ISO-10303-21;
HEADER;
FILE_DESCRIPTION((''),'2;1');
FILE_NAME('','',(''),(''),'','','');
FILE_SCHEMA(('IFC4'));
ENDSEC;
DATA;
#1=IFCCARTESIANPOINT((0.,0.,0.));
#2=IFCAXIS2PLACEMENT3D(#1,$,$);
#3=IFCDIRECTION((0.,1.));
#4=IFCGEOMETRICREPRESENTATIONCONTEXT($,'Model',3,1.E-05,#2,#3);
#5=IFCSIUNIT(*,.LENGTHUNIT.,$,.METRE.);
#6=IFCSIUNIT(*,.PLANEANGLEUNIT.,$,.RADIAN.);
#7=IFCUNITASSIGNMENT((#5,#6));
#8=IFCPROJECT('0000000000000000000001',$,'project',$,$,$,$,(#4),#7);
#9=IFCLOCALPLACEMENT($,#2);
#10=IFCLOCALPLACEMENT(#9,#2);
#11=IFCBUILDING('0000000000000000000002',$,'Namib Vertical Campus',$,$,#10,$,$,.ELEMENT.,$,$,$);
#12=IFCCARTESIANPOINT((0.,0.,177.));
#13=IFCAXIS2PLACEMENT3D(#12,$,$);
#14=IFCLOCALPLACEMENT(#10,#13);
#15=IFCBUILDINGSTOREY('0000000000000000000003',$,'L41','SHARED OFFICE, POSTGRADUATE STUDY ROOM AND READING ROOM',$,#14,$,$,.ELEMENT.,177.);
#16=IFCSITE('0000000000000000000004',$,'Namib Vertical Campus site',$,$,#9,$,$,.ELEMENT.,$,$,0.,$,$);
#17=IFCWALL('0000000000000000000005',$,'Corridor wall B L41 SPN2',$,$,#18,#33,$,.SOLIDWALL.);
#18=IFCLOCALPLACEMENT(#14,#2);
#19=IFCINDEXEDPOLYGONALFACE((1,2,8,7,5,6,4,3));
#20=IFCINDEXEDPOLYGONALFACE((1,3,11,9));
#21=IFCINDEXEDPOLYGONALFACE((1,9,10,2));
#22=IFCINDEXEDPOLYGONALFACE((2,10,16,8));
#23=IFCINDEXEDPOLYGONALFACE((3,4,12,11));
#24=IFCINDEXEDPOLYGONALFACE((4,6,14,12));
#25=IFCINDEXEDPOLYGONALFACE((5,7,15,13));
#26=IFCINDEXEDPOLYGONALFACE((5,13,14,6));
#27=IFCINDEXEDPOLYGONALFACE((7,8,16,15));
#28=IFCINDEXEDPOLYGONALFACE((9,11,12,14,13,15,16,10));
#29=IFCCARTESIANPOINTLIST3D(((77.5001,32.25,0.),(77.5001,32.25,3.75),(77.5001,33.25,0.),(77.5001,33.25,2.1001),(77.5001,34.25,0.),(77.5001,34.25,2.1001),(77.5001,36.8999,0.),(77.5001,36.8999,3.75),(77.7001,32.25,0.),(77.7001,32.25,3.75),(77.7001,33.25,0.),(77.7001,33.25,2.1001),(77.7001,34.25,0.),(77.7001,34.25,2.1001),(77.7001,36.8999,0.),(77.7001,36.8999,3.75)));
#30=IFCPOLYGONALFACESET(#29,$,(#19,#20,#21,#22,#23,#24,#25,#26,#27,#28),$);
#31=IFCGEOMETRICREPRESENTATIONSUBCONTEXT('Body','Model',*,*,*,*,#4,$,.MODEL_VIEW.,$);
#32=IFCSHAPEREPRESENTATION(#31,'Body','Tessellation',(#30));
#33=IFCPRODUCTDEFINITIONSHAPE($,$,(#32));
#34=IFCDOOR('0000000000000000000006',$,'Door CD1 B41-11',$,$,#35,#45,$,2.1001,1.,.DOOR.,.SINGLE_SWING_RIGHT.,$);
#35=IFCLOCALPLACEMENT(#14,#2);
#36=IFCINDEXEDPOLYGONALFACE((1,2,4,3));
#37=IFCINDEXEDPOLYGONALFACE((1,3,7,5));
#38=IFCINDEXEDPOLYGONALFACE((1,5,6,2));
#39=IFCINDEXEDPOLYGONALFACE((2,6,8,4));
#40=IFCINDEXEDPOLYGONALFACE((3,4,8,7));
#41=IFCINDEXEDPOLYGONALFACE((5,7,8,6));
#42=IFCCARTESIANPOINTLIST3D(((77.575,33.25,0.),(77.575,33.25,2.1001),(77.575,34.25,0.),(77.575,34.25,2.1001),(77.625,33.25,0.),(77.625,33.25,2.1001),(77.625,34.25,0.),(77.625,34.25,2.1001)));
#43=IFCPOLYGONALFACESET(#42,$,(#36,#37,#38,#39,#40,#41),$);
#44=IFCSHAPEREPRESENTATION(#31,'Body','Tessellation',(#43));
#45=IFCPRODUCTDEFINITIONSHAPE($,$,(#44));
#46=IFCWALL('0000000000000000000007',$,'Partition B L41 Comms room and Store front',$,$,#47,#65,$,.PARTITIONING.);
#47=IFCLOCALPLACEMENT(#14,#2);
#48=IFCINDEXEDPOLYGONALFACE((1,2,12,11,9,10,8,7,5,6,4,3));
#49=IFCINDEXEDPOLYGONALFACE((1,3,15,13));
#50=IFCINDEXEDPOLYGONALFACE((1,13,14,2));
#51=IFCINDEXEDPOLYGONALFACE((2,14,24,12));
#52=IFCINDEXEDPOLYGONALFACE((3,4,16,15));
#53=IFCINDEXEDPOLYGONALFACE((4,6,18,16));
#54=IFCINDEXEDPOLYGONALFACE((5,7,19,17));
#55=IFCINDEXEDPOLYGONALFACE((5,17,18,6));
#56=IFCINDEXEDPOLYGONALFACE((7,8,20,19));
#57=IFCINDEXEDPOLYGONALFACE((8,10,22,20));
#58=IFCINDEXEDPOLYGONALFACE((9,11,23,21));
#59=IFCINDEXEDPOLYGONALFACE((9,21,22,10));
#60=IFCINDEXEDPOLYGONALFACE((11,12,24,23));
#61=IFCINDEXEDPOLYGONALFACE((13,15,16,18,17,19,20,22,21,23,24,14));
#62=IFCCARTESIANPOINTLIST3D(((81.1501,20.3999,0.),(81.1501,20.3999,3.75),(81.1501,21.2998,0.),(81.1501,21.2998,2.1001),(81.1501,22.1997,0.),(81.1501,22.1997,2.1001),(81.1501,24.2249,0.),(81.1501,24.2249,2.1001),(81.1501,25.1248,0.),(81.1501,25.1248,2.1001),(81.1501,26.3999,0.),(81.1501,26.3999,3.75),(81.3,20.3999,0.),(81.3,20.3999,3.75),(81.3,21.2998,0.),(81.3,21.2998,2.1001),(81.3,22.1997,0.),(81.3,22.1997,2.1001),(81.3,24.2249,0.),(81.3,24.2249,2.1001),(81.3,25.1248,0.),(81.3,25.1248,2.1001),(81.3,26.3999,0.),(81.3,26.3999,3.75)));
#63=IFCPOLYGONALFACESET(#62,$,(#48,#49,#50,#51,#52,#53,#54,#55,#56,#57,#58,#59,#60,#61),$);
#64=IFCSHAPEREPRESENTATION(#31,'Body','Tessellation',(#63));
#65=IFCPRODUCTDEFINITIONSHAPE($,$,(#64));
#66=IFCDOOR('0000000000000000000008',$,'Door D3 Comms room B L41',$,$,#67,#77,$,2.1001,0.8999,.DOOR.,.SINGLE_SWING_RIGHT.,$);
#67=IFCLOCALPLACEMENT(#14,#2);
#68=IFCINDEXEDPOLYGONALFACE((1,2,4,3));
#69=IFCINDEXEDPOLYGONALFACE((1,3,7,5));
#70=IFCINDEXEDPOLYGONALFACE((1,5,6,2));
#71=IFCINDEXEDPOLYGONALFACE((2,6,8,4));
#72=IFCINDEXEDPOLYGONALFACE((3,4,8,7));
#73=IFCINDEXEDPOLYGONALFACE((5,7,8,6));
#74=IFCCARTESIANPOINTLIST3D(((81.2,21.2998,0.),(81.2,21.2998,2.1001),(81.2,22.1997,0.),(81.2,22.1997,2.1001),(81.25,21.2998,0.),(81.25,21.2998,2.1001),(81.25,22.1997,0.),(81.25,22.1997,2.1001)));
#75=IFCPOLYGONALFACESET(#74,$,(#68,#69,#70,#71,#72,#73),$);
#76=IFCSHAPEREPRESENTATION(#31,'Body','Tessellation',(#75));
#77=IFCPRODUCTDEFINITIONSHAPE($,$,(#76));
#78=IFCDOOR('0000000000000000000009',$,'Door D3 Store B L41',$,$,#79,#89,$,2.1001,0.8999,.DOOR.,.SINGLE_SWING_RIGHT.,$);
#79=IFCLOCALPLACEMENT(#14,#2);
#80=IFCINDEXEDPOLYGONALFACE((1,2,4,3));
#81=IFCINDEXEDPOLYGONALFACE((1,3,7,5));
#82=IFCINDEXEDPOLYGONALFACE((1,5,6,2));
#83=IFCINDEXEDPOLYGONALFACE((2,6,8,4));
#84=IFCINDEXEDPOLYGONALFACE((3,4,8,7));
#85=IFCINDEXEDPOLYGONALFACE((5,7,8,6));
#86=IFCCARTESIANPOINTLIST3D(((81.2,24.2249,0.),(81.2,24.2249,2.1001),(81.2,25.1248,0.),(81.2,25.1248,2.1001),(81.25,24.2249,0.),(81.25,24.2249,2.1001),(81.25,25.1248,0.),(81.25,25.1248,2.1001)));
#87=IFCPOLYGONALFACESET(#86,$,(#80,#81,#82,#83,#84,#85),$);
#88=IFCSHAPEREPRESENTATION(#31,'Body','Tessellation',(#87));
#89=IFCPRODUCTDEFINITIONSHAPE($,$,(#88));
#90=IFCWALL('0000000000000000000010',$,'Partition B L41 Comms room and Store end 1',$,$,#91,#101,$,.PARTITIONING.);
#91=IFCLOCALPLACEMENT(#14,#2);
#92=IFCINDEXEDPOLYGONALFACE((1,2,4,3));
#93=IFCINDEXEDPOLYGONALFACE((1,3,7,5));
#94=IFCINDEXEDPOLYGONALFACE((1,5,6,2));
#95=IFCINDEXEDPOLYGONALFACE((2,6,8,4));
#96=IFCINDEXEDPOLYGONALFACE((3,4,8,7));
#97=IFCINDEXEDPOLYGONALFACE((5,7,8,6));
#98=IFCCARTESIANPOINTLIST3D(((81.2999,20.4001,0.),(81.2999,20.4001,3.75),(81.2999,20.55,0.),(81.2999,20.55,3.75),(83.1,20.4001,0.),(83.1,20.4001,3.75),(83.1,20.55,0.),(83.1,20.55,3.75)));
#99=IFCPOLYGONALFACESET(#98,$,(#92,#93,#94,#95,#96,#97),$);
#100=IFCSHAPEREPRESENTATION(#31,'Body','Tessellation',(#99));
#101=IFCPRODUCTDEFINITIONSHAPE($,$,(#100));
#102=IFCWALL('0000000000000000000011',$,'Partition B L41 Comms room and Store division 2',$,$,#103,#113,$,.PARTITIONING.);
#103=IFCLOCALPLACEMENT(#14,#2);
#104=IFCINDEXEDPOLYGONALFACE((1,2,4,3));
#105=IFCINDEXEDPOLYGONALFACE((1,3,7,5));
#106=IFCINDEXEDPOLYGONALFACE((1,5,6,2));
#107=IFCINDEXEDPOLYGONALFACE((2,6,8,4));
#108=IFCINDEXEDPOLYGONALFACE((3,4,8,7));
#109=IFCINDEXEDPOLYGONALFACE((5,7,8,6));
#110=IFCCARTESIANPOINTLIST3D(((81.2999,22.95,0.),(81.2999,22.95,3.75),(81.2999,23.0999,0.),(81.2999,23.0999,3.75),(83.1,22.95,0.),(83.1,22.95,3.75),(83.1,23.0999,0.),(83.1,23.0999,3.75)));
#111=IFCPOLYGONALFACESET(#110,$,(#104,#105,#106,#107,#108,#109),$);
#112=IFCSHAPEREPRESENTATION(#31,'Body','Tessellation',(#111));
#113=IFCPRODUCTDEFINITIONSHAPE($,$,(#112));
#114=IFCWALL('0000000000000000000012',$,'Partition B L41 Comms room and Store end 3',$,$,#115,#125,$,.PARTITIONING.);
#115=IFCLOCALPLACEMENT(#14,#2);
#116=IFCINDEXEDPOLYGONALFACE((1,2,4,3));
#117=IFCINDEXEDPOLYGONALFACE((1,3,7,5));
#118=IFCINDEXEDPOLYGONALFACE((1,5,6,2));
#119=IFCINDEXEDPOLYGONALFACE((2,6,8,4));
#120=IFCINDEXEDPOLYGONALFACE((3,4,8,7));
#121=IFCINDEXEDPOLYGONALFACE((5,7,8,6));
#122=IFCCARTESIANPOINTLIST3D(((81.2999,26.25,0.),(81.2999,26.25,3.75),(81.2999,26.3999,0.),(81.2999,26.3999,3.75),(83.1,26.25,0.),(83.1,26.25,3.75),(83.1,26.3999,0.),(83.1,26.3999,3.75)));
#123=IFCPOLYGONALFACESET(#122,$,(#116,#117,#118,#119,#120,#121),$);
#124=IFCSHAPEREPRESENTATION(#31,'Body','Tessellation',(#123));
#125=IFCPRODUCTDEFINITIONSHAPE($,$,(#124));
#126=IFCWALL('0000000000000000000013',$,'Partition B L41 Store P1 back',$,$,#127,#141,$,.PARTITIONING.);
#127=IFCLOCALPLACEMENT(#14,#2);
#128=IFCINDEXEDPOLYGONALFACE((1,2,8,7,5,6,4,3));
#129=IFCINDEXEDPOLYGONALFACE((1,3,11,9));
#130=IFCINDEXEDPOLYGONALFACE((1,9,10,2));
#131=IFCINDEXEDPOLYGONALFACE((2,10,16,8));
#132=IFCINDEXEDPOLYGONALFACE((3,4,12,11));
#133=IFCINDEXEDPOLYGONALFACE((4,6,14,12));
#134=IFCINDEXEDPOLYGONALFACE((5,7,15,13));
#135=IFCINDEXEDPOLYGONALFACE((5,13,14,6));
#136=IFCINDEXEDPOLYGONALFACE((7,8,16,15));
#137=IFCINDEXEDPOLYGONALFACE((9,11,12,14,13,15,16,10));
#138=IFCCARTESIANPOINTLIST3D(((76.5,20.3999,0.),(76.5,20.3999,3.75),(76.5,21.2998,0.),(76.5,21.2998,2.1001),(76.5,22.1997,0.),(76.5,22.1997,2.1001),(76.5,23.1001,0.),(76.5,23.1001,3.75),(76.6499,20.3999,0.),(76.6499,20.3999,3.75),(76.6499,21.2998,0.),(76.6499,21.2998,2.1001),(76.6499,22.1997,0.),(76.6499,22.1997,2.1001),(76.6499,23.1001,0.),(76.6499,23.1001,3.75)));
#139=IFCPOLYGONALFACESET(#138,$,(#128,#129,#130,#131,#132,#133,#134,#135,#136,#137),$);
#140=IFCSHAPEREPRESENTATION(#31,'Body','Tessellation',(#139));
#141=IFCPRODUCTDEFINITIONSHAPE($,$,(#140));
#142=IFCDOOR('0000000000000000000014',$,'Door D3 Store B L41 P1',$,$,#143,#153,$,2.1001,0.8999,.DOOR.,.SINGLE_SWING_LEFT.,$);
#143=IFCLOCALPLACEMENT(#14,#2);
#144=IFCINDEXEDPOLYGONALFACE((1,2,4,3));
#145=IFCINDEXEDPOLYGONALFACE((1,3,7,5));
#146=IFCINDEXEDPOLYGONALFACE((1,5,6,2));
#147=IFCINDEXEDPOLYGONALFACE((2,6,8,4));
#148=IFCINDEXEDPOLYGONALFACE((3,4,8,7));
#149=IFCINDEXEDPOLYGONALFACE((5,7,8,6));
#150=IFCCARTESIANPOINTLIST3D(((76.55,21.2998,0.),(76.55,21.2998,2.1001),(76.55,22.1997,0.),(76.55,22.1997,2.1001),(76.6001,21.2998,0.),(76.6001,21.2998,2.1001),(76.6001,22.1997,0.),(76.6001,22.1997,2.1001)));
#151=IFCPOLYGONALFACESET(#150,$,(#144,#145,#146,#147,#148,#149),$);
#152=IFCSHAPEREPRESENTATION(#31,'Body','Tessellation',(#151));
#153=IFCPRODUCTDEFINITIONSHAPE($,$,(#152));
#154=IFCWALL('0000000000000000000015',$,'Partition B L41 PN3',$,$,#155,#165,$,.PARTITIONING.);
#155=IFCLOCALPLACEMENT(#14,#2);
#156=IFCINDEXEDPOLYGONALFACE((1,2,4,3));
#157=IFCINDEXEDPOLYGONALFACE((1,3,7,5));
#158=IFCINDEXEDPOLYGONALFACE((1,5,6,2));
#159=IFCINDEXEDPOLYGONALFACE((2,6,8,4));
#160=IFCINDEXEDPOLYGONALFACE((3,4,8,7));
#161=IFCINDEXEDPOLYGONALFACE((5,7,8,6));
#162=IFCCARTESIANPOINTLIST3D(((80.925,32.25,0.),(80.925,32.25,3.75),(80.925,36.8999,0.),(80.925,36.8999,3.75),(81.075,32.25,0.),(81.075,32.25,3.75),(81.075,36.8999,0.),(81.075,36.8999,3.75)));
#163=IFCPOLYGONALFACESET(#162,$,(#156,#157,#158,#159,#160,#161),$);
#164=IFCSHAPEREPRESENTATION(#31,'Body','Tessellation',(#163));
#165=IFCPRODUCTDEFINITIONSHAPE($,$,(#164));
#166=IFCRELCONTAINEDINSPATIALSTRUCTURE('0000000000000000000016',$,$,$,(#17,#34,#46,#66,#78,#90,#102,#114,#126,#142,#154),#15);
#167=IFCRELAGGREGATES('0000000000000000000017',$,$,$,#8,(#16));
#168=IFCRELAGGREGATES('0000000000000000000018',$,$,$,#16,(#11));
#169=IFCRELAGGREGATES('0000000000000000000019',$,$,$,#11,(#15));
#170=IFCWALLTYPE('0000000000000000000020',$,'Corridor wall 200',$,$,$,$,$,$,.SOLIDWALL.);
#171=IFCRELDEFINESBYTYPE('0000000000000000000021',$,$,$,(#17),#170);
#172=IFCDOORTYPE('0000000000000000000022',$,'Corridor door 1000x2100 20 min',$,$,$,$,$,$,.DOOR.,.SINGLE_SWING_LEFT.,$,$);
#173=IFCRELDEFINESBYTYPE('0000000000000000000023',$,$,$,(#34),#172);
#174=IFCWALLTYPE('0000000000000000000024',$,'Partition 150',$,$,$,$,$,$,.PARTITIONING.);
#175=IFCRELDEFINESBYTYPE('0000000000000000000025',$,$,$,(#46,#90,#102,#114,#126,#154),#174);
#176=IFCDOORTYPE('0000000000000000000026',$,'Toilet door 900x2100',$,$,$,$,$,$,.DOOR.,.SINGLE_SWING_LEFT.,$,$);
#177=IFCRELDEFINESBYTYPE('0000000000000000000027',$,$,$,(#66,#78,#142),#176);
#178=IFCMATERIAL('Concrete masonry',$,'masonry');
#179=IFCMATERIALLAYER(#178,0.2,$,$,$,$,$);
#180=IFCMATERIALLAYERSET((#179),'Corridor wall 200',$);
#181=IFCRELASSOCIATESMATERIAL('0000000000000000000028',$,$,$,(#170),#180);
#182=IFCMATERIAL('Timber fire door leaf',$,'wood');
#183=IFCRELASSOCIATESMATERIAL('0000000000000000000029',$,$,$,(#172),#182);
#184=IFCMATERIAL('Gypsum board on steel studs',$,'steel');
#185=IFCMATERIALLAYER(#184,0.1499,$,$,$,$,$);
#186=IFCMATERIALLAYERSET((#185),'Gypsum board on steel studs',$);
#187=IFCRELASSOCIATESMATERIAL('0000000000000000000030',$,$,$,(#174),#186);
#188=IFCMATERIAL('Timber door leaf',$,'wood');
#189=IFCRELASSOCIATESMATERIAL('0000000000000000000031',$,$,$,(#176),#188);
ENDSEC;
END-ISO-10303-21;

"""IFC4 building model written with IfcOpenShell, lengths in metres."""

from ifc_helpers import new_model, si_unit, direction, frame, frame_2d, origin, place, context, subcontext, project, spatial, rectangle, extrude, material, layer, layer_set, type_object, element, fill, save


model = new_model("IFC4")

# Units and contexts
model_context = context("Model", 3, precision=1e-05, world=origin(), true_north=direction((0.0, 1.0)))
body_context = subcontext(model_context, "Body", "Model", "MODEL_VIEW")
ifc_project = project(units=[si_unit("LENGTHUNIT", "METRE"), si_unit("PLANEANGLEUNIT", "RADIAN")], contexts=[model_context])

# Site, building, storey
site_placement = place(None, origin())
site = spatial("IfcSite", under=ifc_project, at=site_placement, Name="Namib Vertical Campus site", CompositionType="ELEMENT", RefElevation=0.0)
building_placement = place(site_placement, origin())
building = spatial("IfcBuilding", under=site, at=building_placement, Name="Namib Vertical Campus", CompositionType="ELEMENT")
storey_placement = place(building_placement, frame((0.0, 0.0, 177.0)))
storey = spatial("IfcBuildingStorey", under=building, at=storey_placement, Name="L41", Description="SHARED OFFICE, POSTGRADUATE STUDY ROOM AND READING ROOM", CompositionType="ELEMENT", Elevation=177.0)

# Wall, opening, door
ifc_material_1 = material(Name="Concrete masonry", Category="masonry")
ifc_layer_1 = layer(ifc_material_1, 0.2)
ifc_layer_set_1 = layer_set([ifc_layer_1], Name="Corridor wall 200")
wall_type_1 = type_object("IfcWallType", Name="Corridor wall 200", PredefinedType="SOLIDWALL", material=ifc_layer_set_1)
ifc_material_2 = material(Name="Timber fire door leaf", Category="wood")
door_type_1 = type_object("IfcDoorType", Name="Corridor door 1000x2100 20 min", OperationType="SINGLE_SWING_LEFT", PredefinedType="DOOR", material=ifc_material_2)
wall_1_placement = place(storey_placement, frame((77.6001, 36.8999, 0.0), z_axis=(0.0, 0.0, 1.0), x_axis=(0.0, -1.0, 0.0)))
wall_1 = element("IfcWall", 1, at=wall_1_placement, inside=storey, type_object=wall_type_1, Name="Corridor wall B L41 SPN2", PredefinedType="SOLIDWALL", context=body_context, shape_type="SweptSolid", body=[
    extrude(rectangle(XDim=4.6499, YDim=0.2, at=frame_2d((2.325, 0.0))), origin(), (0.0, 0.0, 1.0), 3.75),
])
opening_1_placement = place(wall_1_placement, frame((2.6499, 0.0, 0.0)))
opening_1 = element("IfcOpeningElement", 2, at=opening_1_placement, cuts=wall_1, PredefinedType="OPENING", context=body_context, shape_type="SweptSolid", body=[
    extrude(rectangle(XDim=1.0, YDim=2.1001, at=frame_2d((0.5, 1.05))), frame((0.0, 0.1099, 0.0), z_axis=(0.0, -1.0, 0.0), x_axis=(1.0, 0.0, 0.0)), (0.0, 0.0, 1.0), 0.22),
])
door_1_placement = place(opening_1_placement, origin())
door_1 = element("IfcDoor", 3, at=door_1_placement, inside=storey, type_object=door_type_1, Name="Door CD1 B41-11", OperationType="SINGLE_SWING_RIGHT", OverallHeight=2.1001, OverallWidth=1.0, PredefinedType="DOOR", context=body_context, shape_type="SweptSolid", body=[
    extrude(rectangle(XDim=1.0, YDim=2.1001, at=frame_2d((0.5, 1.05))), frame((0.0, 0.0249, 0.0), z_axis=(0.0, -1.0, 0.0), x_axis=(1.0, 0.0, 0.0)), (0.0, 0.0, 1.0), 0.05),
])
fill(opening_1, door_1)

# Wall, openings, doors
ifc_material_3 = material(Name="Gypsum board on steel studs", Category="steel")
ifc_layer_2 = layer(ifc_material_3, 0.1499)
ifc_layer_set_2 = layer_set([ifc_layer_2], Name="Gypsum board on steel studs")
wall_type_2 = type_object("IfcWallType", Name="Partition 150", PredefinedType="PARTITIONING", material=ifc_layer_set_2)
wall_2_placement = place(storey_placement, frame((81.2251, 20.3999, 0.0), z_axis=(0.0, 0.0, 1.0), x_axis=(0.0, 1.0, 0.0)))
wall_2 = element("IfcWall", 4, at=wall_2_placement, inside=storey, type_object=wall_type_2, Name="Partition B L41 Comms room and Store front", PredefinedType="PARTITIONING", context=body_context, shape_type="SweptSolid", body=[
    extrude(rectangle(XDim=6.0, YDim=0.1499, at=frame_2d((3.0, 0.0))), origin(), (0.0, 0.0, 1.0), 3.75),
])
opening_2_placement = place(wall_2_placement, frame((0.8999, 0.0, 0.0)))
opening_2 = element("IfcOpeningElement", 5, at=opening_2_placement, cuts=wall_2, PredefinedType="OPENING", context=body_context, shape_type="SweptSolid", body=[
    extrude(rectangle(XDim=0.8999, YDim=2.1001, at=frame_2d((0.45, 1.05))), frame((0.0, 0.085, 0.0), z_axis=(0.0, -1.0, 0.0), x_axis=(1.0, 0.0, 0.0)), (0.0, 0.0, 1.0), 0.1699),
])
opening_3_placement = place(wall_2_placement, frame((3.825, 0.0, 0.0)))
opening_3 = element("IfcOpeningElement", 6, at=opening_3_placement, cuts=wall_2, PredefinedType="OPENING", context=body_context, shape_type="SweptSolid", body=[
    extrude(rectangle(XDim=0.8999, YDim=2.1001, at=frame_2d((0.45, 1.05))), frame((0.0, 0.085, 0.0), z_axis=(0.0, -1.0, 0.0), x_axis=(1.0, 0.0, 0.0)), (0.0, 0.0, 1.0), 0.1699),
])
ifc_material_4 = material(Name="Timber door leaf", Category="wood")
door_type_2 = type_object("IfcDoorType", Name="Toilet door 900x2100", OperationType="SINGLE_SWING_LEFT", PredefinedType="DOOR", material=ifc_material_4)
door_2_placement = place(opening_2_placement, frame((0.8999, 0.0, 0.0), z_axis=(0.0, 0.0, 1.0), x_axis=(-1.0, 0.0, 0.0)))
door_2 = element("IfcDoor", 7, at=door_2_placement, inside=storey, type_object=door_type_2, Name="Door D3 Comms room B L41", OperationType="SINGLE_SWING_RIGHT", OverallHeight=2.1001, OverallWidth=0.8999, PredefinedType="DOOR", context=body_context, shape_type="SweptSolid", body=[
    extrude(rectangle(XDim=0.8999, YDim=2.1001, at=frame_2d((0.45, 1.05))), frame((0.0, 0.0249, 0.0), z_axis=(0.0, -1.0, 0.0), x_axis=(1.0, 0.0, 0.0)), (0.0, 0.0, 1.0), 0.05),
])
fill(opening_2, door_2)
door_3_placement = place(opening_3_placement, frame((0.8999, 0.0, 0.0), z_axis=(0.0, 0.0, 1.0), x_axis=(-1.0, 0.0, 0.0)))
door_3 = element("IfcDoor", 8, at=door_3_placement, inside=storey, type_object=door_type_2, Name="Door D3 Store B L41", OperationType="SINGLE_SWING_RIGHT", OverallHeight=2.1001, OverallWidth=0.8999, PredefinedType="DOOR", context=body_context, shape_type="SweptSolid", body=[
    extrude(rectangle(XDim=0.8999, YDim=2.1001, at=frame_2d((0.45, 1.05))), frame((0.0, 0.0249, 0.0), z_axis=(0.0, -1.0, 0.0), x_axis=(1.0, 0.0, 0.0)), (0.0, 0.0, 1.0), 0.05),
])
fill(opening_3, door_3)

# Walls
for number, where, z_axis, x_axis, name in (
    (9, (81.3, 20.4751, 0.0), (0.0, 0.0, 1.0), (1.0, 0.0, 0.0), "Partition B L41 Comms room and Store end 1"),
    (10, (81.3, 23.0249, 0.0), (0.0, 0.0, 1.0), (1.0, 0.0, 0.0), "Partition B L41 Comms room and Store division 2"),
    (11, (81.3, 26.325, 0.0), (0.0, 0.0, 1.0), (1.0, 0.0, 0.0), "Partition B L41 Comms room and Store end 3"),
):
    element("IfcWall", number, at=place(storey_placement, frame(where, z_axis=z_axis, x_axis=x_axis)), inside=storey, type_object=wall_type_2, Name=name, PredefinedType="PARTITIONING", context=body_context, shape_type="SweptSolid", body=[
        extrude(rectangle(XDim=1.8, YDim=0.1499, at=frame_2d((0.8999, 0.0))), origin(), (0.0, 0.0, 1.0), 3.75),
    ])

# Wall, opening, door
wall_3_placement = place(storey_placement, frame((76.575, 20.3999, 0.0), z_axis=(0.0, 0.0, 1.0), x_axis=(0.0, 1.0, 0.0)))
wall_3 = element("IfcWall", 12, at=wall_3_placement, inside=storey, type_object=wall_type_2, Name="Partition B L41 Store P1 back", PredefinedType="PARTITIONING", context=body_context, shape_type="SweptSolid", body=[
    extrude(rectangle(XDim=2.7002, YDim=0.1499, at=frame_2d((1.3501, 0.0))), origin(), (0.0, 0.0, 1.0), 3.75),
])
opening_4_placement = place(wall_3_placement, frame((0.8999, 0.0, 0.0)))
opening_4 = element("IfcOpeningElement", 13, at=opening_4_placement, cuts=wall_3, PredefinedType="OPENING", context=body_context, shape_type="SweptSolid", body=[
    extrude(rectangle(XDim=0.8999, YDim=2.1001, at=frame_2d((0.45, 1.05))), frame((0.0, 0.085, 0.0), z_axis=(0.0, -1.0, 0.0), x_axis=(1.0, 0.0, 0.0)), (0.0, 0.0, 1.0), 0.1699),
])
door_4_placement = place(opening_4_placement, origin())
door_4 = element("IfcDoor", 14, at=door_4_placement, inside=storey, type_object=door_type_2, Name="Door D3 Store B L41 P1", OperationType="SINGLE_SWING_LEFT", OverallHeight=2.1001, OverallWidth=0.8999, PredefinedType="DOOR", context=body_context, shape_type="SweptSolid", body=[
    extrude(rectangle(XDim=0.8999, YDim=2.1001, at=frame_2d((0.45, 1.05))), frame((0.0, 0.0249, 0.0), z_axis=(0.0, -1.0, 0.0), x_axis=(1.0, 0.0, 0.0)), (0.0, 0.0, 1.0), 0.05),
])
fill(opening_4, door_4)

# Wall
wall_4_placement = place(storey_placement, frame((81.0, 32.25, 0.0), z_axis=(0.0, 0.0, 1.0), x_axis=(0.0, 1.0, 0.0)))
element("IfcWall", 15, at=wall_4_placement, inside=storey, type_object=wall_type_2, Name="Partition B L41 PN3", PredefinedType="PARTITIONING", context=body_context, shape_type="SweptSolid", body=[
    extrude(rectangle(XDim=4.6499, YDim=0.1499, at=frame_2d((2.325, 0.0))), origin(), (0.0, 0.0, 1.0), 3.75),
])

save(model, "model.ifc")
